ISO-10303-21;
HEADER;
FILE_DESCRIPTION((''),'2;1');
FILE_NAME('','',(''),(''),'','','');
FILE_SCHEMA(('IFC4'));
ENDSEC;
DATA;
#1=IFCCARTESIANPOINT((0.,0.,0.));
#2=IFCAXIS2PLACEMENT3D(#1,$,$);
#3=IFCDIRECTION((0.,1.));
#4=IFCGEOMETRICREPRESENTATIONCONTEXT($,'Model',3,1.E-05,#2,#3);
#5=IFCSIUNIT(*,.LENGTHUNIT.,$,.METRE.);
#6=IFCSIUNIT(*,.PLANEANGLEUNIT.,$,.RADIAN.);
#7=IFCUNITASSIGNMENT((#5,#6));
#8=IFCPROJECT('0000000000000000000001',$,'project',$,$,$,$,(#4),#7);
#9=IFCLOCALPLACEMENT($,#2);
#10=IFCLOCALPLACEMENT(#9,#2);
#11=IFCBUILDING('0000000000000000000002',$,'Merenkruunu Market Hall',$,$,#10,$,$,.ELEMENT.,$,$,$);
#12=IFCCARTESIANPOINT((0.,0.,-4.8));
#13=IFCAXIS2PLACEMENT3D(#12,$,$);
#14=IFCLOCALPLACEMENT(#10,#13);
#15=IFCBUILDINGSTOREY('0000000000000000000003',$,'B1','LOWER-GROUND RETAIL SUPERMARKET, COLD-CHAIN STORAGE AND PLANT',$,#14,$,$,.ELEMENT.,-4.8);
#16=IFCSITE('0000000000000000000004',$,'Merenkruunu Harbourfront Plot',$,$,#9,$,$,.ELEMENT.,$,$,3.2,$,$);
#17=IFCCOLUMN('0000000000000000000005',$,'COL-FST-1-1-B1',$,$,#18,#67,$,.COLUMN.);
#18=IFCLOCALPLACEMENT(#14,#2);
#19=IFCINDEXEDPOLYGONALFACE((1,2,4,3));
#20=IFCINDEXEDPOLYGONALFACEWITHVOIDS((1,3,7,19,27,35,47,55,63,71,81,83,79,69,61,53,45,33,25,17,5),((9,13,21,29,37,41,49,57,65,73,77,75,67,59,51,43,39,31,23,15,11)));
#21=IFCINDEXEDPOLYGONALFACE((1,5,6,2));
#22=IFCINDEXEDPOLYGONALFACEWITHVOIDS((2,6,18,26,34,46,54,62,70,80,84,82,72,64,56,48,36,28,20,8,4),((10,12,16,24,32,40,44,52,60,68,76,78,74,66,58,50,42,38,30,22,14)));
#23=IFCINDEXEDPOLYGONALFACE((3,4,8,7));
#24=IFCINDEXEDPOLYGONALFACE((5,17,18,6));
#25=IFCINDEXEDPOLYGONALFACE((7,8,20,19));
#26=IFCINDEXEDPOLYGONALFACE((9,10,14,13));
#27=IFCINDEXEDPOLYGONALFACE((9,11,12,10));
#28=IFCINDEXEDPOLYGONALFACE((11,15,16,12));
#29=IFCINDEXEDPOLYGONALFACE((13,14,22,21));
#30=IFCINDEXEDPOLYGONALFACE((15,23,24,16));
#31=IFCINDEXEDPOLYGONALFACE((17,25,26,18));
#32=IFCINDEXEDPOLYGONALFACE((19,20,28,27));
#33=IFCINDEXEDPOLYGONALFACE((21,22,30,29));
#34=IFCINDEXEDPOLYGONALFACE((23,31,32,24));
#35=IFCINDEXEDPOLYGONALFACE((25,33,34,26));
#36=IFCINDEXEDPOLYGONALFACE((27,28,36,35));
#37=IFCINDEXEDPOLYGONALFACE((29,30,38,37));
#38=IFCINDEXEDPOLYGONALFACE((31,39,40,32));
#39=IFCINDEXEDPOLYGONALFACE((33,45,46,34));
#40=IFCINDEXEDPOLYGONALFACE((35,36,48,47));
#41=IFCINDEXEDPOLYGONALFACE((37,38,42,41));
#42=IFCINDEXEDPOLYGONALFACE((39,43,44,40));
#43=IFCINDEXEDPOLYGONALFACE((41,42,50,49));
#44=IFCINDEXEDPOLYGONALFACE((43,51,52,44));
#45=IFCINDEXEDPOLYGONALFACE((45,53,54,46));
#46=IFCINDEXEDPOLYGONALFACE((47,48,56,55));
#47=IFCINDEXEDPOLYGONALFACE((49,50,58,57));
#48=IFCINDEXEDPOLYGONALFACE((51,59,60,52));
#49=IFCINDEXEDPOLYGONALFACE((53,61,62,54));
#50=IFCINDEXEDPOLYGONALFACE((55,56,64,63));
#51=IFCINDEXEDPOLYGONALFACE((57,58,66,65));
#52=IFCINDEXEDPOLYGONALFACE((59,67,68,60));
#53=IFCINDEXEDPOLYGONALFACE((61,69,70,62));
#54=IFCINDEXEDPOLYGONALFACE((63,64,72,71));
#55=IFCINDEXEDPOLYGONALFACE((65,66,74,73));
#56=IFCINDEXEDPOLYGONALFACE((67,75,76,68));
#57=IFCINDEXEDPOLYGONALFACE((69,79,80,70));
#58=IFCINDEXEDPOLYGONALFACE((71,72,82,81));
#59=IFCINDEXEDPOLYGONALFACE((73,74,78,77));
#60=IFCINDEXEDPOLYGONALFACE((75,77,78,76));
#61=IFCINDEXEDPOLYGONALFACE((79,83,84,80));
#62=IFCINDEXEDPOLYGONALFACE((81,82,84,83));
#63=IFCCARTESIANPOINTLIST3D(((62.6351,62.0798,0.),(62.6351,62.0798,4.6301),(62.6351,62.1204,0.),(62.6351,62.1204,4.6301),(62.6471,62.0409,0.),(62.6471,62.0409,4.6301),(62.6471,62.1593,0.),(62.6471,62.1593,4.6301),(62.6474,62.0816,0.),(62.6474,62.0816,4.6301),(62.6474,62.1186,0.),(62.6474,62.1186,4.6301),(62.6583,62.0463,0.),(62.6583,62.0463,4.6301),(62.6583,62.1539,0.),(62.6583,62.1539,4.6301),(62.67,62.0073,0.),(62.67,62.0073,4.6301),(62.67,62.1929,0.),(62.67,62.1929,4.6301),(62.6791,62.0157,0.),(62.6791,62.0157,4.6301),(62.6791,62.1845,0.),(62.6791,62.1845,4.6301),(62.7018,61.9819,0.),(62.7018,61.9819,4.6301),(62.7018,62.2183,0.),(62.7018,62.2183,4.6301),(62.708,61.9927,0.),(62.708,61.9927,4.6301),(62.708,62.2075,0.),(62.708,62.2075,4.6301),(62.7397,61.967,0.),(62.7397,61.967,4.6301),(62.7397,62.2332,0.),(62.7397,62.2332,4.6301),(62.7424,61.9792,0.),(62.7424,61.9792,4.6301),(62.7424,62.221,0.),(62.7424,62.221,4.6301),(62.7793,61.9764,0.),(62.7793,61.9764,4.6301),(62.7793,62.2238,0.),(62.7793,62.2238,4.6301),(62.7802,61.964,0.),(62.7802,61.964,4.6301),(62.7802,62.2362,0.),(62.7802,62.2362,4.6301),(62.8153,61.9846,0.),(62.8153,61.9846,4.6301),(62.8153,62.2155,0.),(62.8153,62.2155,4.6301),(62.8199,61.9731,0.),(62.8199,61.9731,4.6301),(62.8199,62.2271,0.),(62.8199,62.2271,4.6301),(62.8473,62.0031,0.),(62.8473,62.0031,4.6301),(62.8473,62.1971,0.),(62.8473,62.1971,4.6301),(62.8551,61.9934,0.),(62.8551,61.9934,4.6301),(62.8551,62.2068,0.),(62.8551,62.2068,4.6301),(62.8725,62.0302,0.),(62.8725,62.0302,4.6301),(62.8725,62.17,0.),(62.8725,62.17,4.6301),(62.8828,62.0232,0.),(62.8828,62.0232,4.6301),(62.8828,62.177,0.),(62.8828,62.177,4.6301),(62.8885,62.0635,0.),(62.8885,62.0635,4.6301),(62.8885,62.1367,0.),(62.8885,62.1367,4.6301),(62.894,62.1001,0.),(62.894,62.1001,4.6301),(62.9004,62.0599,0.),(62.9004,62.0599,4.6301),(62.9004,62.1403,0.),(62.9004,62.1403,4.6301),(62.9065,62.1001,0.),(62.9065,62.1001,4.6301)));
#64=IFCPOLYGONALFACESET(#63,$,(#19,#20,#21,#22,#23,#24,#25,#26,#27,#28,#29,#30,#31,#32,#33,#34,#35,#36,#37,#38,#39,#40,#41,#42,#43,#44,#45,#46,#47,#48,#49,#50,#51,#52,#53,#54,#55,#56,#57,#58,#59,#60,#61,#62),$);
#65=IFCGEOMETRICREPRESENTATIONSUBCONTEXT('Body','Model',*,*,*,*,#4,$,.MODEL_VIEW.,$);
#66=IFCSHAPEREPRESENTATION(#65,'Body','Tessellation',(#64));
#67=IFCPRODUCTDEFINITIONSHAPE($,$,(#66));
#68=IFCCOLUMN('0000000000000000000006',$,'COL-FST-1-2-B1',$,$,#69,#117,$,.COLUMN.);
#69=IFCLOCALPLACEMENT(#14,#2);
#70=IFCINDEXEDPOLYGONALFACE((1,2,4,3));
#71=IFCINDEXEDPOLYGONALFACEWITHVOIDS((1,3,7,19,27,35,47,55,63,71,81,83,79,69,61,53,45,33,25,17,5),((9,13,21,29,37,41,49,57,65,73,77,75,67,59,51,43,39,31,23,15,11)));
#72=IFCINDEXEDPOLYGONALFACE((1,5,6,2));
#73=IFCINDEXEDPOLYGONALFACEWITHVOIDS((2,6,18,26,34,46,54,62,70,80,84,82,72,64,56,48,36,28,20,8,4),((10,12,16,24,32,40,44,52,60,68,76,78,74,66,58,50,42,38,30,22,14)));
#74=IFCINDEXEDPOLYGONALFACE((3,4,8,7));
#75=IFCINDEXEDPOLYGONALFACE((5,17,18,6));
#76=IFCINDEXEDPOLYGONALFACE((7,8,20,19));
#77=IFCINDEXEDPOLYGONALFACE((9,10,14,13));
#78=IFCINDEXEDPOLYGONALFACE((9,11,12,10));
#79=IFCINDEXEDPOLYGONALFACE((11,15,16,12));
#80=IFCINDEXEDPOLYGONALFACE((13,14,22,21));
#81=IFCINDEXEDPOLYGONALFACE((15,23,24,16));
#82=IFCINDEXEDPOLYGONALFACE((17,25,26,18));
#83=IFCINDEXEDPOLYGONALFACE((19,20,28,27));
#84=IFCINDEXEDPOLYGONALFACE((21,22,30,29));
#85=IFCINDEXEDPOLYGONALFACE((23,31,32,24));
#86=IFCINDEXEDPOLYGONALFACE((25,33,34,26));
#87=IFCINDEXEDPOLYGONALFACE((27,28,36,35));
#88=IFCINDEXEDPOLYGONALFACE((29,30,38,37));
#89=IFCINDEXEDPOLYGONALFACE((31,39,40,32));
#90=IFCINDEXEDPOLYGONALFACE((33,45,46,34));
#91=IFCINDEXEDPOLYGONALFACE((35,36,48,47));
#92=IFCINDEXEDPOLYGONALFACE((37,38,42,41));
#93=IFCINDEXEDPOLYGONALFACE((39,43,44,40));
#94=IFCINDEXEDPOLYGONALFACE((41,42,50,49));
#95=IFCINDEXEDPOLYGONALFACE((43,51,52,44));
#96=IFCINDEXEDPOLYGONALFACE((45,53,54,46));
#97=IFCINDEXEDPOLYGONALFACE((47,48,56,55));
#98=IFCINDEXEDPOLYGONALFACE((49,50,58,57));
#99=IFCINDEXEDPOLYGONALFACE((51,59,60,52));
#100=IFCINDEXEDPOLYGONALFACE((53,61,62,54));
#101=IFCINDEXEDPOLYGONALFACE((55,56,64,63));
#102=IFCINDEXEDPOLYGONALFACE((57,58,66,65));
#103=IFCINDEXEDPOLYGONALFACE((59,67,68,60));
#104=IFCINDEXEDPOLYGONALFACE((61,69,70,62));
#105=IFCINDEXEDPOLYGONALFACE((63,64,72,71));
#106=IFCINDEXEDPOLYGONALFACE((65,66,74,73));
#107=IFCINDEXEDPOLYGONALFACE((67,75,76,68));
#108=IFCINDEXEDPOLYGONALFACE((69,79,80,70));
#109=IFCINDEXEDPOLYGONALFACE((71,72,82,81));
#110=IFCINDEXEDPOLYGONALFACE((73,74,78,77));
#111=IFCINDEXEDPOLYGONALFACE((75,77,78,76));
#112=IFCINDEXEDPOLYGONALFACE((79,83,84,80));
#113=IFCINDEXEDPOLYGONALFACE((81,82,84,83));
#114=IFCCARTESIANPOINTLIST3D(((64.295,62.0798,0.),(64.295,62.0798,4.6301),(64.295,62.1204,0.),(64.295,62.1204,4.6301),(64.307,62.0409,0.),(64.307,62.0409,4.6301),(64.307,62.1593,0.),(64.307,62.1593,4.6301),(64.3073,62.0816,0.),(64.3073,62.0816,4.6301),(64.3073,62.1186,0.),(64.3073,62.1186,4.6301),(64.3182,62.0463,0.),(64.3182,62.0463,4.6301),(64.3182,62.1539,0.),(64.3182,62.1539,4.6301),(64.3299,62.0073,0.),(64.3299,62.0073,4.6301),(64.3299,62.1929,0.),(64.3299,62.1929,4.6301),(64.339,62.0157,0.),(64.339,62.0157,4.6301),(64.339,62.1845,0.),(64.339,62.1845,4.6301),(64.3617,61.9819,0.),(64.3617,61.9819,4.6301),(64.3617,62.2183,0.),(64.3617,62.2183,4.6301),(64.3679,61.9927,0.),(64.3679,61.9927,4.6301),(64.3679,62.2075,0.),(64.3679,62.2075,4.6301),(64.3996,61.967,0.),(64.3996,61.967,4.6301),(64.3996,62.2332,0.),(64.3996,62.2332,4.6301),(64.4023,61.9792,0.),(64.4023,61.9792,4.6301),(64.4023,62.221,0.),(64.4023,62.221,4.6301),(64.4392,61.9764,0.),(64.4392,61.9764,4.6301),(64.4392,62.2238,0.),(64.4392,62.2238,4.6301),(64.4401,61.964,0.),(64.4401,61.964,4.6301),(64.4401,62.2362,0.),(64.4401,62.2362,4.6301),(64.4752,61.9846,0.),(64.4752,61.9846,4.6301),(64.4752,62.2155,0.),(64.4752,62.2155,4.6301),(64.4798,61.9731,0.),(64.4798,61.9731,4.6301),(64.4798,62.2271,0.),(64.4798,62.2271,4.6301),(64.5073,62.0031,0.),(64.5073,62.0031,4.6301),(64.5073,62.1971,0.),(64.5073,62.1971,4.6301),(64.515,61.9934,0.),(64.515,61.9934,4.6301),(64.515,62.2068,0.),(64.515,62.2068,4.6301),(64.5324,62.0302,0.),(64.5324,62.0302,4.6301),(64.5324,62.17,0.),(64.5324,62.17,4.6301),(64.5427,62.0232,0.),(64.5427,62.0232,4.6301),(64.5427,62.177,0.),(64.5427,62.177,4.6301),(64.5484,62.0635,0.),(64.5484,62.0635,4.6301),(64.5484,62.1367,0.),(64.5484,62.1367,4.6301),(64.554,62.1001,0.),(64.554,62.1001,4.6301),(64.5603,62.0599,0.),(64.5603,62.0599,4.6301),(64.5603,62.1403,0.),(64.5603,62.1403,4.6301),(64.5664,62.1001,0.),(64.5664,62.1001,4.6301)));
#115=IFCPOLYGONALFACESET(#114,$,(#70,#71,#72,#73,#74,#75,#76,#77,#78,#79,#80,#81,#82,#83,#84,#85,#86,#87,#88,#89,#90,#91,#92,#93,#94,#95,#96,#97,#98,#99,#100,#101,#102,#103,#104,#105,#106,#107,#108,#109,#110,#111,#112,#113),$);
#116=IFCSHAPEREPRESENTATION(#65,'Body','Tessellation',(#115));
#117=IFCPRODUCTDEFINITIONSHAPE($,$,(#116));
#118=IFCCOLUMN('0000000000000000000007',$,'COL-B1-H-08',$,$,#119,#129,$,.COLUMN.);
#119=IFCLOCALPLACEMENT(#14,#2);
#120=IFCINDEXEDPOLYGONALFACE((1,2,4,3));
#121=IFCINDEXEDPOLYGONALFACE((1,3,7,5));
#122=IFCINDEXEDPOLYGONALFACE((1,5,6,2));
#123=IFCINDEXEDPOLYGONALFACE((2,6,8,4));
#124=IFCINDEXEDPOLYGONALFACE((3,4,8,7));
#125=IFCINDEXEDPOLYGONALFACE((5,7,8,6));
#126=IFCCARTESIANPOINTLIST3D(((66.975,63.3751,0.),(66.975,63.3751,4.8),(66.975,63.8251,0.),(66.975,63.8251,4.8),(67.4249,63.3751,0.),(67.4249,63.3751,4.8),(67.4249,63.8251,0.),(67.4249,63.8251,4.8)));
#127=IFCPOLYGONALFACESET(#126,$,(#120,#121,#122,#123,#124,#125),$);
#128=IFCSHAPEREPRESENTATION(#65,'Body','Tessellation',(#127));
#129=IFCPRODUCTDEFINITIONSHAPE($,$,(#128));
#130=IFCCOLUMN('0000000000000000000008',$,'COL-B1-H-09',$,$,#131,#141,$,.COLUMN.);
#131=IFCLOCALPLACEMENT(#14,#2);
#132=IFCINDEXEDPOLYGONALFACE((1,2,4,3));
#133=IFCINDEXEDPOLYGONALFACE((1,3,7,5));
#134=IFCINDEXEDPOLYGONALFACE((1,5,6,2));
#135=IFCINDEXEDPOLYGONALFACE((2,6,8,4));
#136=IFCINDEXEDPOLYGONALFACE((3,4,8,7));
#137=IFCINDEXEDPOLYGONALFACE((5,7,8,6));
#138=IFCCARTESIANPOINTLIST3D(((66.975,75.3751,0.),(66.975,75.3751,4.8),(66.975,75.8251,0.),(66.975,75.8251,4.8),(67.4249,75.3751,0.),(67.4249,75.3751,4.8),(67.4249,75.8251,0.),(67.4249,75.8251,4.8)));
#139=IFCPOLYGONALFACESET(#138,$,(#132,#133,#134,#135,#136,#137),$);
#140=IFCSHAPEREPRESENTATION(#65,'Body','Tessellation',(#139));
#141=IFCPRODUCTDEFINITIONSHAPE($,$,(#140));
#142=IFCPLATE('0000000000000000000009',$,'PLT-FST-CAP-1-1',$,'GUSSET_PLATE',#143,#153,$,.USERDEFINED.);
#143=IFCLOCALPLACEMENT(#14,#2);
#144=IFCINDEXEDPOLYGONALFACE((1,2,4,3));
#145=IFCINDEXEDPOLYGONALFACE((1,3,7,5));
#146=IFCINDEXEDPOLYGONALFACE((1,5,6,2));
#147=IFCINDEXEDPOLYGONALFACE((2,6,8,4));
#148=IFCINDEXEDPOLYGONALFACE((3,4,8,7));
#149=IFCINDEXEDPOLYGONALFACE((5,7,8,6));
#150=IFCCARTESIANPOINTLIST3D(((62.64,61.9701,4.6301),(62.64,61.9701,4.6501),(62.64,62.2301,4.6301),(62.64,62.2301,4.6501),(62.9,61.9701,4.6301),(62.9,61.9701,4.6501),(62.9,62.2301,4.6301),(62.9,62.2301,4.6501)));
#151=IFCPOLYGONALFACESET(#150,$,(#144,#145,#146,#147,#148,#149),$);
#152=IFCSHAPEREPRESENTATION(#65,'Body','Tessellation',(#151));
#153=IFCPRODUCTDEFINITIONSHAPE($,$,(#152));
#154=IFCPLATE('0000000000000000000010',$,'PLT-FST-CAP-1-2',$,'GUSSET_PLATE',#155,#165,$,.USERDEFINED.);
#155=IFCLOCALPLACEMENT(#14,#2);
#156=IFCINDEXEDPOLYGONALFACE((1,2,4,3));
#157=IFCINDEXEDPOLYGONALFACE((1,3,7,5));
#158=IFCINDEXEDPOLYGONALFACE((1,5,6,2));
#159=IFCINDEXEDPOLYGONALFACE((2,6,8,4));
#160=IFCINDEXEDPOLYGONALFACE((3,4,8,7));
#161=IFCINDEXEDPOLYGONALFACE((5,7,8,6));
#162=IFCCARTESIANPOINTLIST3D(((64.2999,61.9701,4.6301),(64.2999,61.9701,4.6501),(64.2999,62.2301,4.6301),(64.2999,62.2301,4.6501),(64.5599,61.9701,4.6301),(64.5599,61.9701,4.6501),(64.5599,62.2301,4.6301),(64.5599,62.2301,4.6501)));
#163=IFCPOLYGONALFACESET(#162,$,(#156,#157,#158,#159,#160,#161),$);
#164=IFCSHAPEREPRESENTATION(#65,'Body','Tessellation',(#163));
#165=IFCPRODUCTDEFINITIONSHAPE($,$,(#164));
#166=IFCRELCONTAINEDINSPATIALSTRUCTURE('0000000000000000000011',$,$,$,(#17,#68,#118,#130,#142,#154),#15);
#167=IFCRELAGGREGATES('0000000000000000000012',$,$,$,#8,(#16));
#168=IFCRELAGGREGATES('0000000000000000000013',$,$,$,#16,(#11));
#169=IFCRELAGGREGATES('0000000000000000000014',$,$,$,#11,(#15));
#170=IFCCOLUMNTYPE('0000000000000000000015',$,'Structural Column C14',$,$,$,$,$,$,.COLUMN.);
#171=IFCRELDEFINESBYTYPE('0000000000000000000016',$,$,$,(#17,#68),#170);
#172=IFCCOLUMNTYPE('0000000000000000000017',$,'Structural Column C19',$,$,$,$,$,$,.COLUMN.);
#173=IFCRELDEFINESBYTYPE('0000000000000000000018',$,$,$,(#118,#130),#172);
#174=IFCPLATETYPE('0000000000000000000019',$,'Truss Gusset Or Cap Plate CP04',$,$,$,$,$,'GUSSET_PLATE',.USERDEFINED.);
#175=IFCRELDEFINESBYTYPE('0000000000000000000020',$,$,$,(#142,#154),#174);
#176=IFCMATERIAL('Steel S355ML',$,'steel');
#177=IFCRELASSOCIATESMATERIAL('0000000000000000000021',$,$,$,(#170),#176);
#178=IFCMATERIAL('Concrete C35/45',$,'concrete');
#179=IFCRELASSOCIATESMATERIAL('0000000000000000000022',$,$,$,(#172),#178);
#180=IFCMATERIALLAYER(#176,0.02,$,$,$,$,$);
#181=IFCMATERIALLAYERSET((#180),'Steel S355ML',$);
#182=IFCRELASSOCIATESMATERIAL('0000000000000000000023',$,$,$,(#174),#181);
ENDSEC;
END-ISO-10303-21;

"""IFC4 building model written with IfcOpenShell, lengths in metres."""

from ifc_helpers import new_model, si_unit, direction, frame, origin, origin_2d, place, context, subcontext, project, spatial, rectangle, hollow_circle, extrude, material, layer, layer_set, material_profile, profile_set, type_object, element, save


model = new_model("IFC4")

# Units and contexts
model_context = context("Model", 3, precision=1e-05, world=origin(), true_north=direction((0.0, 1.0)))
body_context = subcontext(model_context, "Body", "Model", "MODEL_VIEW")
ifc_project = project(units=[si_unit("LENGTHUNIT", "METRE"), si_unit("PLANEANGLEUNIT", "RADIAN")], contexts=[model_context])

# Site, building, storey
site_placement = place(None, origin())
site = spatial("IfcSite", under=ifc_project, at=site_placement, Name="Merenkruunu Harbourfront Plot", CompositionType="ELEMENT", RefElevation=3.2)
building_placement = place(site_placement, origin())
building = spatial("IfcBuilding", under=site, at=building_placement, Name="Merenkruunu Market Hall", CompositionType="ELEMENT")
storey_placement = place(building_placement, frame((0.0, 0.0, -4.8)))
storey = spatial("IfcBuildingStorey", under=building, at=storey_placement, Name="B1", Description="LOWER-GROUND RETAIL SUPERMARKET, COLD-CHAIN STORAGE AND PLANT", CompositionType="ELEMENT", Elevation=-4.8)

# Shared definitions
ifc_material_1 = material(Name="Concrete C35/45", Category="concrete")

# Columns
ifc_material_2 = material(Name="Steel S355ML", Category="steel")
ifc_material_profile_1 = material_profile(ifc_material_2, hollow_circle(Radius=0.1365, WallThickness=0.0125, at=origin_2d()), Name="CHS 273x12.5")
ifc_profile_set_1 = profile_set([ifc_material_profile_1], Name="Steel S355ML")
column_type_1 = type_object("IfcColumnType", Name="Structural Column C14", PredefinedType="COLUMN", material=ifc_profile_set_1)
for number, where, z_axis, x_axis, name in (
    (1, (62.77, 62.1001, 0.0), (0.0, 0.0, 1.0), (1.0, 0.0, 0.0), "COL-FST-1-1-B1"),
    (2, (64.4299, 62.1001, 0.0), (0.0, 0.0, 1.0), (1.0, 0.0, 0.0), "COL-FST-1-2-B1"),
):
    element("IfcColumn", number, at=place(storey_placement, frame(where, z_axis=z_axis, x_axis=x_axis)), inside=storey, type_object=column_type_1, Name=name, PredefinedType="COLUMN", context=body_context, shape_type="SweptSolid", body=[
        extrude(hollow_circle(Radius=0.1365, WallThickness=0.0125, at=origin_2d()), origin(), (0.0, 0.0, 1.0), 4.6301),
    ])
ifc_material_profile_2 = material_profile(ifc_material_1, rectangle(XDim=0.45, YDim=0.45, at=origin_2d()), Name="RC 450x450")
ifc_profile_set_2 = profile_set([ifc_material_profile_2], Name="Concrete C35/45")
column_type_2 = type_object("IfcColumnType", Name="Structural Column C19", PredefinedType="COLUMN", material=ifc_profile_set_2)
for number, where, z_axis, x_axis, name in (
    (3, (67.2, 63.6001, 0.0), (0.0, 0.0, 1.0), (1.0, 0.0, 0.0), "COL-B1-H-08"),
    (4, (67.2, 75.6001, 0.0), (0.0, 0.0, 1.0), (1.0, 0.0, 0.0), "COL-B1-H-09"),
):
    element("IfcColumn", number, at=place(storey_placement, frame(where, z_axis=z_axis, x_axis=x_axis)), inside=storey, type_object=column_type_2, Name=name, PredefinedType="COLUMN", context=body_context, shape_type="SweptSolid", body=[
        extrude(rectangle(XDim=0.45, YDim=0.45, at=origin_2d()), origin(), (0.0, 0.0, 1.0), 4.8),
    ])

# Plates
ifc_layer_1 = layer(ifc_material_2, 0.02)
ifc_layer_set_1 = layer_set([ifc_layer_1], Name="Steel S355ML")
plate_type = type_object("IfcPlateType", Name="Truss Gusset Or Cap Plate CP04", ElementType="GUSSET_PLATE", PredefinedType="USERDEFINED", material=ifc_layer_set_1)
for number, where, z_axis, x_axis, name in (
    (5, (62.77, 62.1001, 4.6301), (0.0, 0.0, 1.0), (1.0, 0.0, 0.0), "PLT-FST-CAP-1-1"),
    (6, (64.4299, 62.1001, 4.6301), (0.0, 0.0, 1.0), (1.0, 0.0, 0.0), "PLT-FST-CAP-1-2"),
):
    element("IfcPlate", number, at=place(storey_placement, frame(where, z_axis=z_axis, x_axis=x_axis)), inside=storey, type_object=plate_type, Name=name, ObjectType="GUSSET_PLATE", PredefinedType="USERDEFINED", context=body_context, shape_type="SweptSolid", body=[
        extrude(rectangle(XDim=0.26, YDim=0.26, at=origin_2d()), origin(), (0.0, 0.0, 1.0), 0.02),
    ])

save(model, "model.ifc")
